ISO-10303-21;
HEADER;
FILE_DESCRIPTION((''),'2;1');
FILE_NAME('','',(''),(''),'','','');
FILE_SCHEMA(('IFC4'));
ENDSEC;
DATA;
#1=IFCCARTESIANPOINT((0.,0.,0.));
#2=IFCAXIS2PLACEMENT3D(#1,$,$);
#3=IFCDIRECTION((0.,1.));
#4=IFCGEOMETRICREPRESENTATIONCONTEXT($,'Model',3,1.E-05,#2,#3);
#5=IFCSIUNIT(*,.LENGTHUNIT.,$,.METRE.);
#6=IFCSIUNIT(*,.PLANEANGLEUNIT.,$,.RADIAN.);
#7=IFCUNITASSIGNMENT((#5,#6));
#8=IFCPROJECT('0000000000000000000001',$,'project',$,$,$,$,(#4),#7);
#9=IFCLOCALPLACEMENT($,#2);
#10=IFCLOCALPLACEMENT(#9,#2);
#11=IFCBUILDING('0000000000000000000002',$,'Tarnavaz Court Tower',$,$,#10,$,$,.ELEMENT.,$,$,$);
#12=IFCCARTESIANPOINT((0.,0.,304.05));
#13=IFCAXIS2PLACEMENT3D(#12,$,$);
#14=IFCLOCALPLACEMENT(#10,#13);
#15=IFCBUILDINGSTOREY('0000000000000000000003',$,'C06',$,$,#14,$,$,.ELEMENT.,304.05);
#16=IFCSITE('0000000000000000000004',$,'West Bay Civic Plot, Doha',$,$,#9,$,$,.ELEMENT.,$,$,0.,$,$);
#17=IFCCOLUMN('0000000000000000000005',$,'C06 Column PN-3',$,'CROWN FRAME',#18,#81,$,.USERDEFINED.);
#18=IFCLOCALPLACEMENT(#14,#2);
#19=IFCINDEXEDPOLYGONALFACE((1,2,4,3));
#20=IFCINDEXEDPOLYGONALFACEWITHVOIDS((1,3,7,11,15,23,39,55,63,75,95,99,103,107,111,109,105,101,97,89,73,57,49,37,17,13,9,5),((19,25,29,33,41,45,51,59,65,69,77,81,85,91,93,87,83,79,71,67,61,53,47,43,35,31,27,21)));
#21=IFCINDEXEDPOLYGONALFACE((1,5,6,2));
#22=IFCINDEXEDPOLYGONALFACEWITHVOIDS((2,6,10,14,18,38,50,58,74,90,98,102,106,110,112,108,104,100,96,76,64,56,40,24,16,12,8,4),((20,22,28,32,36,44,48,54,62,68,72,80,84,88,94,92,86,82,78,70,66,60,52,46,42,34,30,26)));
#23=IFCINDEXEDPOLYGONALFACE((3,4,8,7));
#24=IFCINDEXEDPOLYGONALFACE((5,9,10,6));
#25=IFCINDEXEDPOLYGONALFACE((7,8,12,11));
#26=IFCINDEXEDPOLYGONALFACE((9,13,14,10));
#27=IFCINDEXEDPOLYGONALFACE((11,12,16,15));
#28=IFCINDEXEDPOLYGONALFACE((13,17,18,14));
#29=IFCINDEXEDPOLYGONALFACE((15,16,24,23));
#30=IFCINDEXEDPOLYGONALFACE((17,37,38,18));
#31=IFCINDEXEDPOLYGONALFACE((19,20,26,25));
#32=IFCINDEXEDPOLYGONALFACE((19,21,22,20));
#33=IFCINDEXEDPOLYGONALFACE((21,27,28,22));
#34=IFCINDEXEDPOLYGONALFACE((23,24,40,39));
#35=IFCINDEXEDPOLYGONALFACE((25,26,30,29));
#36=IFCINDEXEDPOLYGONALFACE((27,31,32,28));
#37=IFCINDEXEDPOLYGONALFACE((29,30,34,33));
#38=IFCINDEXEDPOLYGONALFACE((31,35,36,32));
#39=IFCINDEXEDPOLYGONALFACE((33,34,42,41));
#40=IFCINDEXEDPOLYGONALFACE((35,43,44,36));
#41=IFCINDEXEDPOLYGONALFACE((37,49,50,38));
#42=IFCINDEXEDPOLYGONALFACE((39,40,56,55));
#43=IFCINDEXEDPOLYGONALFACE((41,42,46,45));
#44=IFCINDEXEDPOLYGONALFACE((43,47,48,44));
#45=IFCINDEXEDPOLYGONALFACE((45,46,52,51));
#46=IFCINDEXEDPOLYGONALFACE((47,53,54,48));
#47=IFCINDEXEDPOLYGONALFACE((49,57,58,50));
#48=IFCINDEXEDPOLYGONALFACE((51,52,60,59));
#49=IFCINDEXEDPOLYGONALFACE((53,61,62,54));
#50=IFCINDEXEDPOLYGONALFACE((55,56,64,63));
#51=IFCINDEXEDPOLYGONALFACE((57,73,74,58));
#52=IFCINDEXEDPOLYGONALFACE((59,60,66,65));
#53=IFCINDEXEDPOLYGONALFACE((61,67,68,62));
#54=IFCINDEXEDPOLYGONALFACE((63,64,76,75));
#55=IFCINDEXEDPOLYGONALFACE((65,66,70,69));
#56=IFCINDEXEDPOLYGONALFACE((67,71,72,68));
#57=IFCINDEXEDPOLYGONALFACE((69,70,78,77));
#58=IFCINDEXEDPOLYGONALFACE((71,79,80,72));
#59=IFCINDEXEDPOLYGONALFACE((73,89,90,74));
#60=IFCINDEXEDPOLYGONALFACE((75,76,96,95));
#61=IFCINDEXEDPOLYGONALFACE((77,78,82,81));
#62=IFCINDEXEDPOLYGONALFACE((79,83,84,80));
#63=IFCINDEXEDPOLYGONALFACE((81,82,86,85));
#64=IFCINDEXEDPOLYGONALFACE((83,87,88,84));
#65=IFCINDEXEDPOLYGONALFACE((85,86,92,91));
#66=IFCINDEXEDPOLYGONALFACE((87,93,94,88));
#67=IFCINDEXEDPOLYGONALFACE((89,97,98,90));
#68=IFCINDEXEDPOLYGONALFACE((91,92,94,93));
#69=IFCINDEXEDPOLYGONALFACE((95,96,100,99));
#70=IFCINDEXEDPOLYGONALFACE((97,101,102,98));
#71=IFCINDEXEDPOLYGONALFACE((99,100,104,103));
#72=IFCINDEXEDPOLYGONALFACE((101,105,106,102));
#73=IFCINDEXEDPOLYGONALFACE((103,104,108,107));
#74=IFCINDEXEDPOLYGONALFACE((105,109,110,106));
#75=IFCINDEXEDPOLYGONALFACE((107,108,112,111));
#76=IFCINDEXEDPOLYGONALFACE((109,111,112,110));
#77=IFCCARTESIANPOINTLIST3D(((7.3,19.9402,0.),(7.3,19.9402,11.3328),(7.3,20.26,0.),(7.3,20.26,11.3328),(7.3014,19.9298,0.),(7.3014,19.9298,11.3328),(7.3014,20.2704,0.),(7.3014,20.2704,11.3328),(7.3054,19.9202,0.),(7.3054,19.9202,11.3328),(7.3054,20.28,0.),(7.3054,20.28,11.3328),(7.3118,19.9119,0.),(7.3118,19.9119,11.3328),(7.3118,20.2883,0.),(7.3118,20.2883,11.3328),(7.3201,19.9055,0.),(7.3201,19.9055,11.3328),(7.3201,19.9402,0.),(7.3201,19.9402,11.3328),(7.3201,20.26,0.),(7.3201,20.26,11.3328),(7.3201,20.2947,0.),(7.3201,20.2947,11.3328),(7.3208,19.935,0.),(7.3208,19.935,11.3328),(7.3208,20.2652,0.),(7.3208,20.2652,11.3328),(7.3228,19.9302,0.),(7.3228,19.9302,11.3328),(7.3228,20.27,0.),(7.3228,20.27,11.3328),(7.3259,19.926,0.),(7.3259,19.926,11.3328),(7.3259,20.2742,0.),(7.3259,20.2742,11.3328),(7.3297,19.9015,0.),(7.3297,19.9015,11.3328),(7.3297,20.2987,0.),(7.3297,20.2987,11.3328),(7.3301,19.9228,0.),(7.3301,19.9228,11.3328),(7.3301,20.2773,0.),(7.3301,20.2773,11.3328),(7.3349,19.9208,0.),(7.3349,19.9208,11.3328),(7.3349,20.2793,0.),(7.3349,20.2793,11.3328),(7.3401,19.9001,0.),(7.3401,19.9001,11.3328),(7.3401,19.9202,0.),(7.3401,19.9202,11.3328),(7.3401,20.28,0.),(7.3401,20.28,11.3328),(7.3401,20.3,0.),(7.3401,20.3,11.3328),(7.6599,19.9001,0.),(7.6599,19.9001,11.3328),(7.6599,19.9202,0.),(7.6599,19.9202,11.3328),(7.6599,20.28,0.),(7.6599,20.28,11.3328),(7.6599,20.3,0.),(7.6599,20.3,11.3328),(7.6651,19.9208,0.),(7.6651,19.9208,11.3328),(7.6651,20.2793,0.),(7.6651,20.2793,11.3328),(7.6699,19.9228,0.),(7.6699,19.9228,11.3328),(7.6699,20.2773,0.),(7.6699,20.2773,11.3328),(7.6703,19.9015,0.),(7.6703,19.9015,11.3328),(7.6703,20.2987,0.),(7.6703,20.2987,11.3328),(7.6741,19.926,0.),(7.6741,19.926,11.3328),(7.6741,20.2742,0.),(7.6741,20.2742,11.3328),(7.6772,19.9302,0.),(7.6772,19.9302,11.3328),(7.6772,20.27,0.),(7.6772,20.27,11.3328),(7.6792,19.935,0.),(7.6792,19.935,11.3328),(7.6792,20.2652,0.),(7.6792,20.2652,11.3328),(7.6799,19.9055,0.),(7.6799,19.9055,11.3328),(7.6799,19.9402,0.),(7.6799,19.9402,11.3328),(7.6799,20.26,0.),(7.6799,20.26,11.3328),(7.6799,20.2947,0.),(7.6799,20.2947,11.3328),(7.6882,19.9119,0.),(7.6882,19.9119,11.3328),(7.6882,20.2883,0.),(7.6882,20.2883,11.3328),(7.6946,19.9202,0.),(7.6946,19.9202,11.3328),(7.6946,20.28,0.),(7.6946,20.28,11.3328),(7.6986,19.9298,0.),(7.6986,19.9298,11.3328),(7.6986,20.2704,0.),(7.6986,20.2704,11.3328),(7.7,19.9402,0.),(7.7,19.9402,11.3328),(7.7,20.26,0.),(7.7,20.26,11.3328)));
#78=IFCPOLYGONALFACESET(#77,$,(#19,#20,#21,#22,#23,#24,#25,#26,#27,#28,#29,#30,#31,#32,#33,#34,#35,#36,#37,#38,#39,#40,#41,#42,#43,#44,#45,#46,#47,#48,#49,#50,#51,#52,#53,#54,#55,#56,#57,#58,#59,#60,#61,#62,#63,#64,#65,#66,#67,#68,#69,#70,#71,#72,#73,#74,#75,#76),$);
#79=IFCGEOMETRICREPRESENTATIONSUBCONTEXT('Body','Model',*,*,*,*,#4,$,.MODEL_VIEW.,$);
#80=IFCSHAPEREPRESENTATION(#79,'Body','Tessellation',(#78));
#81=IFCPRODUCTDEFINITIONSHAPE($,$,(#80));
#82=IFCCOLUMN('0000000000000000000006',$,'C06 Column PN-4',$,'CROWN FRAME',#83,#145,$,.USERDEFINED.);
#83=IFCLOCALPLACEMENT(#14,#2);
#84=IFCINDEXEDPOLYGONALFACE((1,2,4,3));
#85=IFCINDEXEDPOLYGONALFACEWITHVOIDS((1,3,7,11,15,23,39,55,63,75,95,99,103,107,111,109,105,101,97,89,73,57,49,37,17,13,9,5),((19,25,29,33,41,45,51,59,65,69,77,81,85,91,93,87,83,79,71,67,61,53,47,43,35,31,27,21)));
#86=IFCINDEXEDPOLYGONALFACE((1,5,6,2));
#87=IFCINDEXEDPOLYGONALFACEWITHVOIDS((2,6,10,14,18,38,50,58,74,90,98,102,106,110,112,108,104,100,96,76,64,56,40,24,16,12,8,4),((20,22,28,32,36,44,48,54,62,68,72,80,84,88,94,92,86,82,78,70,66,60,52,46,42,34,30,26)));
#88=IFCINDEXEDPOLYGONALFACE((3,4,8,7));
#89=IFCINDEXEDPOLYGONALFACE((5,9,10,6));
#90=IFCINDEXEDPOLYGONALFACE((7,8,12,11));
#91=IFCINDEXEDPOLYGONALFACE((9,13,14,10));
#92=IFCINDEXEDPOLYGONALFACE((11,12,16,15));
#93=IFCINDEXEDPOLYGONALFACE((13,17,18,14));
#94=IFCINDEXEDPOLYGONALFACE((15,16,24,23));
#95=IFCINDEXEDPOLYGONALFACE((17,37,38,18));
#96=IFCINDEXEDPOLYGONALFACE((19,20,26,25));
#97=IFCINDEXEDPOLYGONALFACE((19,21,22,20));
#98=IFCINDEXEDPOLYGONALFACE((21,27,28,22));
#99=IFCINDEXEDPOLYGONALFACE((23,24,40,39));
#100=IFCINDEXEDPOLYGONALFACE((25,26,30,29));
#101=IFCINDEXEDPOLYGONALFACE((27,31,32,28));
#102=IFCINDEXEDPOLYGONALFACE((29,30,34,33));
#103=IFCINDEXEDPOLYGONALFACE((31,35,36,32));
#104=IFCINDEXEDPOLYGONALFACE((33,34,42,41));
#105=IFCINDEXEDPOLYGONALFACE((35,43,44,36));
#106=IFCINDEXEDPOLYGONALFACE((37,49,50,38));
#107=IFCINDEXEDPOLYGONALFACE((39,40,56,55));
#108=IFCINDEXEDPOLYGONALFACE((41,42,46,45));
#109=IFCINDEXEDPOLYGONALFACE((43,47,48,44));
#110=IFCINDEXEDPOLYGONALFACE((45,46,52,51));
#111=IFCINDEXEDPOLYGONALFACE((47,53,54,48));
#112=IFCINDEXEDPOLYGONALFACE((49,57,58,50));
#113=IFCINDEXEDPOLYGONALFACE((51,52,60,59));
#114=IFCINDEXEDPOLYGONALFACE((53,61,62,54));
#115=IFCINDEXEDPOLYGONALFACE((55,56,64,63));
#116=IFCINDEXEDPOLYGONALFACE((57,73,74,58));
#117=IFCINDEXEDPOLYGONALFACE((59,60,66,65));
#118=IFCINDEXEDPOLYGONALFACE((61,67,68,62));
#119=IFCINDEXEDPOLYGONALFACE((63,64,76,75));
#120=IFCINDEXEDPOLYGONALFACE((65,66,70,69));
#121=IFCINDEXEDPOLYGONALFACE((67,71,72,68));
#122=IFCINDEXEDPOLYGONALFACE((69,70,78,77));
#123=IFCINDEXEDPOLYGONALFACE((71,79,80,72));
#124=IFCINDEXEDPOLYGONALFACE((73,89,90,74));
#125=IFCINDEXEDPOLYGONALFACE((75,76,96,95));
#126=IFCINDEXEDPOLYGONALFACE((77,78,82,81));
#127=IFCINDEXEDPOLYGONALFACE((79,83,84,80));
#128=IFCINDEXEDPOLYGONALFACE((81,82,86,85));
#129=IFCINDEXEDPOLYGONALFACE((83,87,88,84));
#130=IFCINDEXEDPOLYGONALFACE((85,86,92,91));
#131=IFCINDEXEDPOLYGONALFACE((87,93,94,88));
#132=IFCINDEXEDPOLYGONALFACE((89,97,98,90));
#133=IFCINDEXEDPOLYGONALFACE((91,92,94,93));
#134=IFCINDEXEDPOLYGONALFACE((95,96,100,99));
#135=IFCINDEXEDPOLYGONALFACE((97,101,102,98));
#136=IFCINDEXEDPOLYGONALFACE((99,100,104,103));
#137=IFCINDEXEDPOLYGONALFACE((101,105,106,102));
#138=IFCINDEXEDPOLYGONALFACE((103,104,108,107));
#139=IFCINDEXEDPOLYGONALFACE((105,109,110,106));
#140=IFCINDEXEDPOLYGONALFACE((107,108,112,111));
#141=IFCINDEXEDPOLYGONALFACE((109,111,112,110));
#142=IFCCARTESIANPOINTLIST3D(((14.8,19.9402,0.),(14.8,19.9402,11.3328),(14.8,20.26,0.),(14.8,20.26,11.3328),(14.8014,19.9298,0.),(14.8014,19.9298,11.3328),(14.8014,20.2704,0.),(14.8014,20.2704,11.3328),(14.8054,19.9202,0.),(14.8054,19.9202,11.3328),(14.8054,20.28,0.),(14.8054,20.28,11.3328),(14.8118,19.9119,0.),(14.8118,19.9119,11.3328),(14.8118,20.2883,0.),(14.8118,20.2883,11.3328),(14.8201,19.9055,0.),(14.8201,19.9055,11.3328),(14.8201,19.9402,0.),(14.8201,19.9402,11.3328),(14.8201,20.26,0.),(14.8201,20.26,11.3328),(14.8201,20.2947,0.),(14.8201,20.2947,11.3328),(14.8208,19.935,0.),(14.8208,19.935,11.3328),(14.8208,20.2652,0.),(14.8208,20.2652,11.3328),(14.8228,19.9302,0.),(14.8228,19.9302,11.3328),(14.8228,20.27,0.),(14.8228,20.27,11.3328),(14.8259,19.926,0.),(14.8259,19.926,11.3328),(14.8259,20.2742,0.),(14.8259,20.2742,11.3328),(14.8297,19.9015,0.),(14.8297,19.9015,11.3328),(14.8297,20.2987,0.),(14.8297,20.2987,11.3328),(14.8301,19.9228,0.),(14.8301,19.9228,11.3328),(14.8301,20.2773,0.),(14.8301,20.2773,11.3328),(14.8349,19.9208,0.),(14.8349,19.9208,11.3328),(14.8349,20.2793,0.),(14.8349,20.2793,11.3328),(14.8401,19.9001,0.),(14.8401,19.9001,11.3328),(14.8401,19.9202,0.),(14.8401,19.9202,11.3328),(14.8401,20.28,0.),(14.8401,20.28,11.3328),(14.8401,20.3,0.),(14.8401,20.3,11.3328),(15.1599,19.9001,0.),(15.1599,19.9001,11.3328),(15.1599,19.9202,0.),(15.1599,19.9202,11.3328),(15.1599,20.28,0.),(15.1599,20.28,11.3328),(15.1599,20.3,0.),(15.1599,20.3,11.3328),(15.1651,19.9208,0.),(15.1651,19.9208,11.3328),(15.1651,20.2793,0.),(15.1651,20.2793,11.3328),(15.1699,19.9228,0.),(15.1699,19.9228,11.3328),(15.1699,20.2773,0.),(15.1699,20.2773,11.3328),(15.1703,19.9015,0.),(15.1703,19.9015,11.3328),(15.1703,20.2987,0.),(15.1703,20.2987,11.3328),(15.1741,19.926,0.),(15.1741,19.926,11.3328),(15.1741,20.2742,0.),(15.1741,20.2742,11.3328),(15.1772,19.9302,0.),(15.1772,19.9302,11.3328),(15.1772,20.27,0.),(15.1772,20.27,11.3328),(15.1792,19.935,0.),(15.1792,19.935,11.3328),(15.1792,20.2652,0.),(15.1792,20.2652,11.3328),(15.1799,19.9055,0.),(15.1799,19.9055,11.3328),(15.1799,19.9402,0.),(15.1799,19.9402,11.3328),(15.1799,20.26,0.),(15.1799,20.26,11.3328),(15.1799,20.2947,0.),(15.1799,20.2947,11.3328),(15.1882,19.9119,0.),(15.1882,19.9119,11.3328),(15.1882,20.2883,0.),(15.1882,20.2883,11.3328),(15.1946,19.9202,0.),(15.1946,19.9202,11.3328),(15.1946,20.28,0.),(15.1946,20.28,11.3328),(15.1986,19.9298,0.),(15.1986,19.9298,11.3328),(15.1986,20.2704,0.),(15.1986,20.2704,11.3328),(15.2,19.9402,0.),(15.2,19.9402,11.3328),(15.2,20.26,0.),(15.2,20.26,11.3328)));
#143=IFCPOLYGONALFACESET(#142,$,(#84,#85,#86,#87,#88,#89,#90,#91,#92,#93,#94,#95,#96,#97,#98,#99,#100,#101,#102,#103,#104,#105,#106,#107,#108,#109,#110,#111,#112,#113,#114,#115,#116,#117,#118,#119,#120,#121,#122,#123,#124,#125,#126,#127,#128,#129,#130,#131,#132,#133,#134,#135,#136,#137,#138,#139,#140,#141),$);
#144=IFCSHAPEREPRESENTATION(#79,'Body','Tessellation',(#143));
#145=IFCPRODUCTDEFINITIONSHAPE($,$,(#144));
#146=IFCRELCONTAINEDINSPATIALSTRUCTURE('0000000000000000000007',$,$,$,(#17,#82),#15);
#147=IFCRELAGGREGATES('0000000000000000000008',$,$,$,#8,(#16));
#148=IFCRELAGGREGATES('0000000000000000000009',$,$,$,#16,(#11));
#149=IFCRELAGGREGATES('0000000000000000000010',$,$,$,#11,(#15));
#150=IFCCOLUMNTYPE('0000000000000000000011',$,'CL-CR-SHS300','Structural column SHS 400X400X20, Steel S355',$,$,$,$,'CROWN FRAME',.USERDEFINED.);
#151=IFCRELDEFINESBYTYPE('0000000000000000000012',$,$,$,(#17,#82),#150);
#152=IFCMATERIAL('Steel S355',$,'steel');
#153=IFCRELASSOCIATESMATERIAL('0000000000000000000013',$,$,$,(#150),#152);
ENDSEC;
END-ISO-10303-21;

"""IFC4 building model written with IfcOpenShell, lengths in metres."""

from ifc_helpers import new_model, si_unit, direction, frame, origin, origin_2d, place, context, subcontext, project, spatial, hollow_rectangle, extrude, material, material_profile, profile_set, type_object, element, save


model = new_model("IFC4")

# Units and contexts
model_context = context("Model", 3, precision=1e-05, world=origin(), true_north=direction((0.0, 1.0)))
body_context = subcontext(model_context, "Body", "Model", "MODEL_VIEW")
ifc_project = project(units=[si_unit("LENGTHUNIT", "METRE"), si_unit("PLANEANGLEUNIT", "RADIAN")], contexts=[model_context])

# Site, building, storey
site_placement = place(None, origin())
site = spatial("IfcSite", under=ifc_project, at=site_placement, Name="West Bay Civic Plot, Doha", CompositionType="ELEMENT", RefElevation=0.0)
building_placement = place(site_placement, origin())
building = spatial("IfcBuilding", under=site, at=building_placement, Name="Tarnavaz Court Tower", CompositionType="ELEMENT")
storey_placement = place(building_placement, frame((0.0, 0.0, 304.05)))
storey = spatial("IfcBuildingStorey", under=building, at=storey_placement, Name="C06", CompositionType="ELEMENT", Elevation=304.05)

# Columns
ifc_material_1 = material(Name="Steel S355", Category="steel")
ifc_material_profile_1 = material_profile(ifc_material_1, hollow_rectangle(XDim=0.3999, YDim=0.3999, WallThickness=0.02, InnerFilletRadius=0.02, OuterFilletRadius=0.04, at=origin_2d()), Name="SHS 400X400X20")
ifc_profile_set_1 = profile_set([ifc_material_profile_1], Name="Steel S355")
column_type = type_object("IfcColumnType", Name="CL-CR-SHS300", Description="Structural column SHS 400X400X20, Steel S355", ElementType="CROWN FRAME", PredefinedType="USERDEFINED", material=ifc_profile_set_1)
for number, where, z_axis, x_axis, name in (
    (1, (7.5, 20.1001, 0.0), (0.0, 0.0, 1.0), (1.0, 0.0, 0.0), "C06 Column PN-3"),
    (2, (15.0, 20.1001, 0.0), (0.0, 0.0, 1.0), (1.0, 0.0, 0.0), "C06 Column PN-4"),
):
    element("IfcColumn", number, at=place(storey_placement, frame(where, z_axis=z_axis, x_axis=x_axis)), inside=storey, type_object=column_type, Name=name, ObjectType="CROWN FRAME", PredefinedType="USERDEFINED", context=body_context, shape_type="SweptSolid", body=[
        extrude(hollow_rectangle(XDim=0.3999, YDim=0.3999, WallThickness=0.02, InnerFilletRadius=0.02, OuterFilletRadius=0.04, at=origin_2d()), origin(), (0.0, 0.0, 1.0), 11.3328),
    ])

save(model, "model.ifc")
